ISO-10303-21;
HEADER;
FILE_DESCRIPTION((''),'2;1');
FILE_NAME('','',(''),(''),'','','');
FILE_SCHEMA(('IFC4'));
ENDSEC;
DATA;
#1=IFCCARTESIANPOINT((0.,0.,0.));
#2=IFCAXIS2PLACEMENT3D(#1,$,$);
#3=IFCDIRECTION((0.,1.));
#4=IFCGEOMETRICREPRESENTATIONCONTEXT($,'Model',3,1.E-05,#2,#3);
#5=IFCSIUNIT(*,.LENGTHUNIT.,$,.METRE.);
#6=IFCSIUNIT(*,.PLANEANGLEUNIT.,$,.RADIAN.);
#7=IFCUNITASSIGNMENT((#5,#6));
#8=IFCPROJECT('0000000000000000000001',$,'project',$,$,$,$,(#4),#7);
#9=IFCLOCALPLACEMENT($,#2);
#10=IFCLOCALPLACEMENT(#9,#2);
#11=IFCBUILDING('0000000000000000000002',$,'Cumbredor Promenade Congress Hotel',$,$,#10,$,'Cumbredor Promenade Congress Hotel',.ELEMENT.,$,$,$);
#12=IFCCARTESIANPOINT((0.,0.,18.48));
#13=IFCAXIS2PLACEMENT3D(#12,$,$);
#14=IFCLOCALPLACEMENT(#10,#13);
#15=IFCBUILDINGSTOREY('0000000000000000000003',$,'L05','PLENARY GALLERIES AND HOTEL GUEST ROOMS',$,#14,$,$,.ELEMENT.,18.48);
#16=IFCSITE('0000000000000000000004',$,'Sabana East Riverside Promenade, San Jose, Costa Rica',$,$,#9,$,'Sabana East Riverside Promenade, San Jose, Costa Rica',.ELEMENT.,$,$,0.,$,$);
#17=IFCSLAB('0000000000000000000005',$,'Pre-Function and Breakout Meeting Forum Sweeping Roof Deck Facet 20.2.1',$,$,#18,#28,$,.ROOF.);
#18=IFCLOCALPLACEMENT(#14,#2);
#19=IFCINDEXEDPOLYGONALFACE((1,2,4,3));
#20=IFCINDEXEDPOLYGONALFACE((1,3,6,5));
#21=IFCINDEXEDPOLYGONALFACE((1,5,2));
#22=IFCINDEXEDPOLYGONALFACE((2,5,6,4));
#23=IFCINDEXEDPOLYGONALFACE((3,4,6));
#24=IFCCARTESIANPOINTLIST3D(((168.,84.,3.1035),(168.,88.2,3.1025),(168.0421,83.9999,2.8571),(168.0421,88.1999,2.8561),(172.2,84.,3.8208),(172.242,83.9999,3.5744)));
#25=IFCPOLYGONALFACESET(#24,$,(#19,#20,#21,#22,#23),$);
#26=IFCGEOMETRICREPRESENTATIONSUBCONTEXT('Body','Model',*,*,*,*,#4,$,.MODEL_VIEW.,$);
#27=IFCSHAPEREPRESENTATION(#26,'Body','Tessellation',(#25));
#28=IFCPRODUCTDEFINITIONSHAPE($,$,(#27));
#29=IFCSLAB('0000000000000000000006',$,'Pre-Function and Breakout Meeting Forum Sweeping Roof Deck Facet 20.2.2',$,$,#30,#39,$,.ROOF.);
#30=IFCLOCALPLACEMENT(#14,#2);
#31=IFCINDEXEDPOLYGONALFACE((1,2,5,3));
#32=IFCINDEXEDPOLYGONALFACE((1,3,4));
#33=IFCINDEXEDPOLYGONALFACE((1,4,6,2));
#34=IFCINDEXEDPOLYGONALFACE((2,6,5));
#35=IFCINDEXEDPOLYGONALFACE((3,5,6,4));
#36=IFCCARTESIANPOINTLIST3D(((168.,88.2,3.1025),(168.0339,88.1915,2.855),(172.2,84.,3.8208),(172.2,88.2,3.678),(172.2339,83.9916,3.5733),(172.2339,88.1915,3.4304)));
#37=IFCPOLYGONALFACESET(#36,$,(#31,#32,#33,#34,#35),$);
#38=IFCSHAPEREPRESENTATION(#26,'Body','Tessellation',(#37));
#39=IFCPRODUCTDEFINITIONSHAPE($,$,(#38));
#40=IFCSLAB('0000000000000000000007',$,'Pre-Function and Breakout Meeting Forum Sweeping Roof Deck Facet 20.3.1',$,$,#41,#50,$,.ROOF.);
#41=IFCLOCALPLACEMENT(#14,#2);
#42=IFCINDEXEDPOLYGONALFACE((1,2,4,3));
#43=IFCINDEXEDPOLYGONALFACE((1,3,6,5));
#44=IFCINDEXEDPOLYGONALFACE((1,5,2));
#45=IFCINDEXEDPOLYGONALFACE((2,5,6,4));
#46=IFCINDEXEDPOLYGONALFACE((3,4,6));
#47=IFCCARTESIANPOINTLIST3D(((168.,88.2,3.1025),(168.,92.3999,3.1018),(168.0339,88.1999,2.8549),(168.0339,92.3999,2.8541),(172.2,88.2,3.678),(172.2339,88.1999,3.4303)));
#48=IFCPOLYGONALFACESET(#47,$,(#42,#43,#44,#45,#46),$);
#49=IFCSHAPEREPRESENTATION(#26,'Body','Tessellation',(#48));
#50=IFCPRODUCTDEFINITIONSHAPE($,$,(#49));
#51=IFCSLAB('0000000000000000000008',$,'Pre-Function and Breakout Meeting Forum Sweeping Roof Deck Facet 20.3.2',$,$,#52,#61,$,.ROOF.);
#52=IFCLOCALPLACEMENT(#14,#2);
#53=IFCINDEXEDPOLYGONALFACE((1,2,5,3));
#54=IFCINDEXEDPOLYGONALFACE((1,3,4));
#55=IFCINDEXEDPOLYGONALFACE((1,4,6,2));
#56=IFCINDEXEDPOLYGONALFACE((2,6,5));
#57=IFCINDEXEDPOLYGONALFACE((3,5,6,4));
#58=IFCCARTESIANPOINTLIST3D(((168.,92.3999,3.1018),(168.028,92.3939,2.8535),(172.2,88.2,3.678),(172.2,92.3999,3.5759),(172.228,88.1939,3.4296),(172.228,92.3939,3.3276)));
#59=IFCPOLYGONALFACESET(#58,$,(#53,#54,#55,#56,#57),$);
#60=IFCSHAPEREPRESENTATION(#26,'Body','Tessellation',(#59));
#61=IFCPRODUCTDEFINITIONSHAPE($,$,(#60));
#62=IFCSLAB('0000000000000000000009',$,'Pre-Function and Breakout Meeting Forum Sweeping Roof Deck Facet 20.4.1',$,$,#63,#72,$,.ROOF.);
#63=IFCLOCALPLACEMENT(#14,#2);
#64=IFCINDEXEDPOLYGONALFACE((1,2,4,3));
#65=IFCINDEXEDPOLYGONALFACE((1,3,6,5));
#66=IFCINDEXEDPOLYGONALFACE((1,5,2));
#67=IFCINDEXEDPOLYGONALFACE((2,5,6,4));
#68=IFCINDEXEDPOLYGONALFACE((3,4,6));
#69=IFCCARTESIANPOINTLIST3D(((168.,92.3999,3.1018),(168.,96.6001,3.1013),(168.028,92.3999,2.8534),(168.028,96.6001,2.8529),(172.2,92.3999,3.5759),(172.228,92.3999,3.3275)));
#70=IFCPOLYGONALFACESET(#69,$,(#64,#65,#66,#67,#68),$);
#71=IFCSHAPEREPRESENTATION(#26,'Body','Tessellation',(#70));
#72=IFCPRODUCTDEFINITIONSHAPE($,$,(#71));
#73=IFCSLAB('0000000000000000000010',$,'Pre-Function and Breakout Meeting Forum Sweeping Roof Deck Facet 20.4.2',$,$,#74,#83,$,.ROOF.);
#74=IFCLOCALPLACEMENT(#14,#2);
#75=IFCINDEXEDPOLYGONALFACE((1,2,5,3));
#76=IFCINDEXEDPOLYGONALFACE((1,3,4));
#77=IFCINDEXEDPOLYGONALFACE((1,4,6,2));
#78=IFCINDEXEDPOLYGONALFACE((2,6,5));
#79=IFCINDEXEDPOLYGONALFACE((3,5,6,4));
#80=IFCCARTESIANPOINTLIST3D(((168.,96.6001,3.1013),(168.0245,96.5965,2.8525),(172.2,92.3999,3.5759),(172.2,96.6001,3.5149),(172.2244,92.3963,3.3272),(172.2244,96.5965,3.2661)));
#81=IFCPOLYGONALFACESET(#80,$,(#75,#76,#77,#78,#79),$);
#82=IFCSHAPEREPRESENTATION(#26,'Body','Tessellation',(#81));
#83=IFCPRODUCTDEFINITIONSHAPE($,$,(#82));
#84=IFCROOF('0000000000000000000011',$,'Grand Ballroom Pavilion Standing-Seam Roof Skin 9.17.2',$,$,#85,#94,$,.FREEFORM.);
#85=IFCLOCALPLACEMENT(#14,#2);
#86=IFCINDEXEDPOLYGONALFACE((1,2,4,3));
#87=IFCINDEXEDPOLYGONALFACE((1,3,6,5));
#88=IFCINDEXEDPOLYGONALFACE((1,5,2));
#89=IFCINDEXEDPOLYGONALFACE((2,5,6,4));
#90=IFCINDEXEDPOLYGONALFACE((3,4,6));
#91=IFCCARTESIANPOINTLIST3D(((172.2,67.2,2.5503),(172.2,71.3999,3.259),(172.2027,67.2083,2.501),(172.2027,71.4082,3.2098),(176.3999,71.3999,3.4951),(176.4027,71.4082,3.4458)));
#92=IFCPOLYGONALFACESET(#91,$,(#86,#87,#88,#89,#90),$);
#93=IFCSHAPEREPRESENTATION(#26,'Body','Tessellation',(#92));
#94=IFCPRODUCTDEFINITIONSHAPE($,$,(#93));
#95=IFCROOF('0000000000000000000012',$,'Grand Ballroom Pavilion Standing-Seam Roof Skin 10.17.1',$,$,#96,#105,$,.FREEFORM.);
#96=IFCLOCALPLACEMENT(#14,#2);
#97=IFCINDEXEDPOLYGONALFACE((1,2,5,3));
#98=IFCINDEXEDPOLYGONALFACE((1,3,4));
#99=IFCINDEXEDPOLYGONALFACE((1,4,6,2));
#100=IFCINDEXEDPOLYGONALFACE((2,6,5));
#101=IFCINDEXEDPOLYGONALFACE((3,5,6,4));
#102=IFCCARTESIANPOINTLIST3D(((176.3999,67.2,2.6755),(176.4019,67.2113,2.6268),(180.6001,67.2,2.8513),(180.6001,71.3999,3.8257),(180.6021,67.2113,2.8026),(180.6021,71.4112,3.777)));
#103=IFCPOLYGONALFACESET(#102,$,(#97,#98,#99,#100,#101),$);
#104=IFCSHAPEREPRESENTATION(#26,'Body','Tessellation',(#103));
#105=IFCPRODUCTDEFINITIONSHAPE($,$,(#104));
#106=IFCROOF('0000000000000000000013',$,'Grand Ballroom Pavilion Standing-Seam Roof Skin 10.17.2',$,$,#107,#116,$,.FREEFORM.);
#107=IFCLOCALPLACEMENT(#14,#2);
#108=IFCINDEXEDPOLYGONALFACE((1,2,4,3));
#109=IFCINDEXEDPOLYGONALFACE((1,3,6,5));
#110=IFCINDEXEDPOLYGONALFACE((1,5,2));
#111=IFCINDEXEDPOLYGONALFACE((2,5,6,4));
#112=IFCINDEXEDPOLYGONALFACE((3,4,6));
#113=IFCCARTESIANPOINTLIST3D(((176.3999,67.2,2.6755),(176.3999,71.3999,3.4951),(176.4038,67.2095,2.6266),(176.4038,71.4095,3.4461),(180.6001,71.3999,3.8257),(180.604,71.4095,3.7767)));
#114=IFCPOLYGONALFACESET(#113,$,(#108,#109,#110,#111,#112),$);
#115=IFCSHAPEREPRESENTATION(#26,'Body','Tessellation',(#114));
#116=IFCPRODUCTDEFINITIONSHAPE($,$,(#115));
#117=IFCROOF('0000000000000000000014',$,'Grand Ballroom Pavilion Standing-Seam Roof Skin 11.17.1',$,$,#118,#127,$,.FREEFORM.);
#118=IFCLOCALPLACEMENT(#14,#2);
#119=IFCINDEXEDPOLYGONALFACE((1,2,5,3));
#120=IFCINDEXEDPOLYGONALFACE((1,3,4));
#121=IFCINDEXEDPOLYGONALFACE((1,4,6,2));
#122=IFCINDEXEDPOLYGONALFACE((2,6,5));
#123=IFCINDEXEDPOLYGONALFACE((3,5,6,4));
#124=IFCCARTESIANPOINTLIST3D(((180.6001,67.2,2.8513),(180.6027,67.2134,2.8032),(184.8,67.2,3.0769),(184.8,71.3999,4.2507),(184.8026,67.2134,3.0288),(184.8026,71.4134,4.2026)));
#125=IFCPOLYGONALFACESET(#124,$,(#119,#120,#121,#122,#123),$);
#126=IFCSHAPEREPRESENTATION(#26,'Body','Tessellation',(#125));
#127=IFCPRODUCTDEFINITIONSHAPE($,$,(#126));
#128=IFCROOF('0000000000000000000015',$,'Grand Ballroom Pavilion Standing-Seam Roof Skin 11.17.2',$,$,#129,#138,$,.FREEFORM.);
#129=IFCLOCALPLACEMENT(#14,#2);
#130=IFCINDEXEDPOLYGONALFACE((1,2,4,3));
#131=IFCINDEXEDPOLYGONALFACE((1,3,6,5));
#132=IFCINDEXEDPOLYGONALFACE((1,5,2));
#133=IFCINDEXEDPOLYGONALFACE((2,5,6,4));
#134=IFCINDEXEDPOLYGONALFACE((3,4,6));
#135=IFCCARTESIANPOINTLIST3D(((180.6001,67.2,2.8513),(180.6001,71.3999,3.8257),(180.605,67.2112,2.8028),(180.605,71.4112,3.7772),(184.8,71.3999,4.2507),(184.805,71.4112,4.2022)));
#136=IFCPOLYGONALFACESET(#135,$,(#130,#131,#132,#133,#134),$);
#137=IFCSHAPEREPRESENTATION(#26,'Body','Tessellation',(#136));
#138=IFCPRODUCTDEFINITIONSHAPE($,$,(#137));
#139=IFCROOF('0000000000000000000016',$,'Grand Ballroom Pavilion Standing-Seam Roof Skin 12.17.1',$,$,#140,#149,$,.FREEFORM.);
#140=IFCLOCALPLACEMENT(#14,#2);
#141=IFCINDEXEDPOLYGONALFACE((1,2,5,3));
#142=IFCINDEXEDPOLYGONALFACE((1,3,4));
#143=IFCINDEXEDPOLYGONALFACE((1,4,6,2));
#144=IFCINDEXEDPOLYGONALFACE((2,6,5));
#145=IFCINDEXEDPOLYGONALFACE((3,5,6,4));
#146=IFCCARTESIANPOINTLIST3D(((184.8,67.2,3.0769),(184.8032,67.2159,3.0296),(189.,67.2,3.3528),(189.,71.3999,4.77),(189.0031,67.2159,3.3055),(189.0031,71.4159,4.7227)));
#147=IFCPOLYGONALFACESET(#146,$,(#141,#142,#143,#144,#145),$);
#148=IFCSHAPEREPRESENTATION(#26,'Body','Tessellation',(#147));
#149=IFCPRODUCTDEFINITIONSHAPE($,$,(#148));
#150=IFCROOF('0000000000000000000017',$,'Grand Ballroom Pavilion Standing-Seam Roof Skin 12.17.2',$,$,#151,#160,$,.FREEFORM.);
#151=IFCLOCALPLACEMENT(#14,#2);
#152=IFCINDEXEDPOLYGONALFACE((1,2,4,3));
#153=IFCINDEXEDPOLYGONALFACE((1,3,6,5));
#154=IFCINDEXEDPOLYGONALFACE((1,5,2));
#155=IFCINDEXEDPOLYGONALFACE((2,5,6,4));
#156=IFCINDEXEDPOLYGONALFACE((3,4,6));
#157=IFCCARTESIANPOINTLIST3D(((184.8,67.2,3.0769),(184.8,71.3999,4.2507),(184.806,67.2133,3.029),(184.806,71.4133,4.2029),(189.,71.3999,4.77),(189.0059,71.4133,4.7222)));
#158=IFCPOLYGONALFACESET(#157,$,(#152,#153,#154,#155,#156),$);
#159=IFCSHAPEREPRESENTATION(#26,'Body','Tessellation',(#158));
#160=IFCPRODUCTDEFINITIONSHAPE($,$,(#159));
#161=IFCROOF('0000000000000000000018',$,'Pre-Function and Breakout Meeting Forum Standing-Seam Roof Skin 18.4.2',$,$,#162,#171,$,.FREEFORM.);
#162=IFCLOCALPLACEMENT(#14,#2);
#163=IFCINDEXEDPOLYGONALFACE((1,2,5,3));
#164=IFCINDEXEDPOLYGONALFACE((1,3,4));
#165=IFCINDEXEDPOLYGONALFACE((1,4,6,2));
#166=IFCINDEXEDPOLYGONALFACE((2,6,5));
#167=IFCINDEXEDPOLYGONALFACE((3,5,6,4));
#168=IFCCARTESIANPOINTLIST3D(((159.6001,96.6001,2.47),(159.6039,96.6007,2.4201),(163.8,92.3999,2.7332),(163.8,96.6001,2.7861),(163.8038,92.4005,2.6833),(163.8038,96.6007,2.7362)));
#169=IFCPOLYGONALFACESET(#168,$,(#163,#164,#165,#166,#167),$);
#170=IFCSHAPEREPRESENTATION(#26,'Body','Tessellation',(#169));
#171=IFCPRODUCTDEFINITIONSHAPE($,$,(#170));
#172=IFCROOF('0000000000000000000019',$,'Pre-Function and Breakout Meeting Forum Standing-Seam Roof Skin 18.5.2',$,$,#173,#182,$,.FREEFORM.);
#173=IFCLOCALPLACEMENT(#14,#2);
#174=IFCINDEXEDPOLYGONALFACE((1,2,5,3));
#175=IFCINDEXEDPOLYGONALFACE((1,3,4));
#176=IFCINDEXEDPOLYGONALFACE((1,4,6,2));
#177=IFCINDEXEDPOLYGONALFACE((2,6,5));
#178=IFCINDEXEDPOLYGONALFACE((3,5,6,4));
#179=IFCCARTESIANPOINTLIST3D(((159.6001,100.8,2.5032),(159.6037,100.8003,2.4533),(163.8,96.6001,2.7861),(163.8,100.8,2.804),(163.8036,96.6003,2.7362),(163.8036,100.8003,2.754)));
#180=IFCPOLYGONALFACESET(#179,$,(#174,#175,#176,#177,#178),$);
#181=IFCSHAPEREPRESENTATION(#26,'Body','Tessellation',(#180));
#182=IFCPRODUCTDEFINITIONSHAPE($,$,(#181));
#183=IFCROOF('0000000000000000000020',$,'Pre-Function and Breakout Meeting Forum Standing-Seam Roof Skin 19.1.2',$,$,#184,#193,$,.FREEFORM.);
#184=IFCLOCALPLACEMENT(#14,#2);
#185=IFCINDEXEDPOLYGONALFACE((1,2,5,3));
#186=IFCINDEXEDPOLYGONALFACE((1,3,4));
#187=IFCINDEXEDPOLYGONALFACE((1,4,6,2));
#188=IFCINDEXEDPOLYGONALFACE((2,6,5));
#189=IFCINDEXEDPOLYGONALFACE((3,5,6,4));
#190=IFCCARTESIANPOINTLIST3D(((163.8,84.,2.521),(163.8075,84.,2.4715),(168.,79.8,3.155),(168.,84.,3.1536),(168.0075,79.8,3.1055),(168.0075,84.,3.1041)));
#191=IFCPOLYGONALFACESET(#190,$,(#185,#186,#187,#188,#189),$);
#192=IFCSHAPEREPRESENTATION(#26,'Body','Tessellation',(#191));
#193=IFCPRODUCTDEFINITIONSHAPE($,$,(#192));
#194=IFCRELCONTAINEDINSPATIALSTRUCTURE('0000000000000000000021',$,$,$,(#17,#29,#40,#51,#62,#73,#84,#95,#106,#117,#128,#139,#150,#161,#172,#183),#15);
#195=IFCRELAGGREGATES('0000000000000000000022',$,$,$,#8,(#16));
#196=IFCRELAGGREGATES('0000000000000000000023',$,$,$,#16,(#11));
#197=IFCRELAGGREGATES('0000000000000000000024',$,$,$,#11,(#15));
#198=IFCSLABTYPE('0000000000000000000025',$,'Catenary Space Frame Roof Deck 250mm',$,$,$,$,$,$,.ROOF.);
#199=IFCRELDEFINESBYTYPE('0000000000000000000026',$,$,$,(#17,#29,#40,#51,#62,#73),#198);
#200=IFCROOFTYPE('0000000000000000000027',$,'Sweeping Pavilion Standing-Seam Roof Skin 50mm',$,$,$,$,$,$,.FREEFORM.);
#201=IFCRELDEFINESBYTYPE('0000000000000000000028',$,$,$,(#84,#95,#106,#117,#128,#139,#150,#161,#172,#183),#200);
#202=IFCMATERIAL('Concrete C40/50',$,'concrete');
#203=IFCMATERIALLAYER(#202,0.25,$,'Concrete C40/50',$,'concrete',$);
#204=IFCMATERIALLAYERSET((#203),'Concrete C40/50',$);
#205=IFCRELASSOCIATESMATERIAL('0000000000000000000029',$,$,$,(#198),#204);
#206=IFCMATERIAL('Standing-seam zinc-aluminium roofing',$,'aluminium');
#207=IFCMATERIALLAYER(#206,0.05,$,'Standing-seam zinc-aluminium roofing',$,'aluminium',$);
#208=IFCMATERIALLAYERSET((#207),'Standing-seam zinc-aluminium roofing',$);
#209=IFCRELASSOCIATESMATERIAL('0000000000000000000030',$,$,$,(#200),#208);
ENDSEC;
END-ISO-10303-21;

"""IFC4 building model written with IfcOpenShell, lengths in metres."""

from ifc_helpers import new_model, si_unit, direction, frame, origin, place, context, subcontext, project, spatial, polyline, outline, extrude, material, layer, layer_set, type_object, element, save


model = new_model("IFC4")

# Units and contexts
model_context = context("Model", 3, precision=1e-05, world=origin(), true_north=direction((0.0, 1.0)))
body_context = subcontext(model_context, "Body", "Model", "MODEL_VIEW")
ifc_project = project(units=[si_unit("LENGTHUNIT", "METRE"), si_unit("PLANEANGLEUNIT", "RADIAN")], contexts=[model_context])

# Site, building, storey
site_placement = place(None, origin())
site = spatial("IfcSite", under=ifc_project, at=site_placement, Name="Sabana East Riverside Promenade, San Jose, Costa Rica", LongName="Sabana East Riverside Promenade, San Jose, Costa Rica", CompositionType="ELEMENT", RefElevation=0.0)
building_placement = place(site_placement, origin())
building = spatial("IfcBuilding", under=site, at=building_placement, Name="Cumbredor Promenade Congress Hotel", LongName="Cumbredor Promenade Congress Hotel", CompositionType="ELEMENT")
storey_placement = place(building_placement, frame((0.0, 0.0, 18.48)))
storey = spatial("IfcBuildingStorey", under=building, at=storey_placement, Name="L05", Description="PLENARY GALLERIES AND HOTEL GUEST ROOMS", CompositionType="ELEMENT", Elevation=18.48)

# Slabs
ifc_material_1 = material(Name="Concrete C40/50", Category="concrete")
ifc_layer_1 = layer(ifc_material_1, 0.25, Name="Concrete C40/50", Category="concrete")
ifc_layer_set_1 = layer_set([ifc_layer_1], Name="Concrete C40/50")
slab_type = type_object("IfcSlabType", Name="Catenary Space Frame Roof Deck 250mm", PredefinedType="ROOF", material=ifc_layer_set_1)
slab_1_placement = place(storey_placement, frame((168.0, 84.0, 3.1035), z_axis=(-0.168347, 0.000229, 0.985728), x_axis=(0.985728, 0.0, 0.168347)))
element("IfcSlab", 1, at=slab_1_placement, inside=storey, type_object=slab_type, Name="Pre-Function and Breakout Meeting Forum Sweeping Roof Deck Facet 20.2.1", PredefinedType="ROOF", context=body_context, shape_type="SweptSolid", body=[
    extrude(outline(polyline([(0.0, 0.0), (4.2608, 0.0), (-0.0002, 4.2), (0.0, 0.0)])), origin(), (0.0, 0.0, -1.0), 0.25),
])
slab_2_placement = place(storey_placement, frame((172.2, 84.0, 3.8208), z_axis=(-0.135666, 0.033672, 0.990182), x_axis=(0.0, 0.999422, -0.033986)))
element("IfcSlab", 2, at=slab_2_placement, inside=storey, type_object=slab_type, Name="Pre-Function and Breakout Meeting Forum Sweeping Roof Deck Facet 20.2.2", PredefinedType="ROOF", context=body_context, shape_type="SweptSolid", body=[
    extrude(outline(polyline([(0.0, 0.0), (4.2024, 0.0), (4.2219, 4.2391), (0.0, 0.0)])), origin(), (0.0, 0.0, -1.0), 0.25),
])
slab_3_placement = place(storey_placement, frame((168.0, 88.2, 3.1025), z_axis=(-0.135743, 0.000173, 0.990744), x_axis=(0.990744, 0.0, 0.135743)))
element("IfcSlab", 3, at=slab_3_placement, inside=storey, type_object=slab_type, Name="Pre-Function and Breakout Meeting Forum Sweeping Roof Deck Facet 20.3.1", PredefinedType="ROOF", context=body_context, shape_type="SweptSolid", body=[
    extrude(outline(polyline([(0.0, 0.0), (4.2392, 0.0), (-0.0001, 4.2), (0.0, 0.0)])), origin(), (0.0, 0.0, -1.0), 0.25),
])
slab_4_placement = place(storey_placement, frame((172.2, 88.2, 3.678), z_axis=(-0.112142, 0.024138, 0.993399), x_axis=(0.0, 0.999705, -0.024291)))
element("IfcSlab", 4, at=slab_4_placement, inside=storey, type_object=slab_type, Name="Pre-Function and Breakout Meeting Forum Sweeping Roof Deck Facet 20.3.2", PredefinedType="ROOF", context=body_context, shape_type="SweptSolid", body=[
    extrude(outline(polyline([(0.0, 0.0), (4.2012, 0.0), (4.2127, 4.2266), (0.0, 0.0)])), origin(), (0.0, 0.0, -1.0), 0.25),
])
slab_5_placement = place(storey_placement, frame((168.0, 92.3999, 3.1018), z_axis=(-0.112175, 0.000116, 0.993688), x_axis=(0.993688, 0.0, 0.112175)))
element("IfcSlab", 5, at=slab_5_placement, inside=storey, type_object=slab_type, Name="Pre-Function and Breakout Meeting Forum Sweeping Roof Deck Facet 20.4.1", PredefinedType="ROOF", context=body_context, shape_type="SweptSolid", body=[
    extrude(outline(polyline([(0.0, 0.0), (4.2266, 0.0), (-0.0001, 4.2002), (0.0, 0.0)])), origin(), (0.0, 0.0, -1.0), 0.25),
])
slab_6_placement = place(storey_placement, frame((172.2, 92.3999, 3.5759), z_axis=(-0.097987, 0.01446, 0.995083), x_axis=(0.0, 0.999894, -0.01453)))
element("IfcSlab", 6, at=slab_6_placement, inside=storey, type_object=slab_type, Name="Pre-Function and Breakout Meeting Forum Sweeping Roof Deck Facet 20.4.2", PredefinedType="ROOF", context=body_context, shape_type="SweptSolid", body=[
    extrude(outline(polyline([(0.0, 0.0), (4.2006, 0.0), (4.2066, 4.2203), (0.0, 0.0)])), origin(), (0.0, 0.0, -1.0), 0.25),
])

# Roofs
ifc_material_2 = material(Name="Standing-seam zinc-aluminium roofing", Category="aluminium")
ifc_layer_2 = layer(ifc_material_2, 0.05, Name="Standing-seam zinc-aluminium roofing", Category="aluminium")
ifc_layer_set_2 = layer_set([ifc_layer_2], Name="Standing-seam zinc-aluminium roofing")
roof_type = type_object("IfcRoofType", Name="Sweeping Pavilion Standing-Seam Roof Skin 50mm", PredefinedType="FREEFORM", material=ifc_layer_set_2)
roof_1_placement = place(storey_placement, frame((172.2, 67.2, 2.5503), z_axis=(-0.055343, -0.166142, 0.984548), x_axis=(0.698327, 0.698327, 0.157096)))
element("IfcRoof", 7, at=roof_1_placement, inside=storey, type_object=roof_type, Name="Grand Ballroom Pavilion Standing-Seam Roof Skin 9.17.2", PredefinedType="FREEFORM", context=body_context, shape_type="SweptSolid", body=[
    extrude(outline(polyline([(0.0, 0.0), (6.0143, 0.0), (3.0443, 2.979), (0.0, 0.0)])), origin(), (0.0, 0.0, -1.0), 0.05),
])
roof_2_placement = place(storey_placement, frame((176.3999, 67.2, 2.6755), z_axis=(-0.040734, -0.225805, 0.973321), x_axis=(0.999125, 0.0, 0.041814)))
element("IfcRoof", 8, at=roof_2_placement, inside=storey, type_object=roof_type, Name="Grand Ballroom Pavilion Standing-Seam Roof Skin 10.17.1", PredefinedType="FREEFORM", context=body_context, shape_type="SweptSolid", body=[
    extrude(outline(polyline([(0.0, 0.0), (4.2039, 0.0), (4.2446, 4.3113), (0.0, 0.0)])), origin(), (0.0, 0.0, -1.0), 0.05),
])
roof_3_placement = place(storey_placement, frame((176.3999, 67.2, 2.6755), z_axis=(-0.077016, -0.190959, 0.978572), x_axis=(0.694232, 0.694192, 0.190103)))
element("IfcRoof", 9, at=roof_3_placement, inside=storey, type_object=roof_type, Name="Grand Ballroom Pavilion Standing-Seam Roof Skin 10.17.2", PredefinedType="FREEFORM", context=body_context, shape_type="SweptSolid", body=[
    extrude(outline(polyline([(0.0, 0.0), (6.0501, 0.0), (3.0714, 2.9796), (0.0, 0.0)])), origin(), (0.0, 0.0, -1.0), 0.05),
])
roof_4_placement = place(storey_placement, frame((180.6001, 67.2, 2.8513), z_axis=(-0.05166, -0.268812, 0.961806), x_axis=(0.998561, 0.0, 0.053634)))
element("IfcRoof", 10, at=roof_4_placement, inside=storey, type_object=roof_type, Name="Grand Ballroom Pavilion Standing-Seam Roof Skin 11.17.1", PredefinedType="FREEFORM", context=body_context, shape_type="SweptSolid", body=[
    extrude(outline(polyline([(0.0, 0.0), (4.206, 0.0), (4.269, 4.3604), (0.0, 0.0)])), origin(), (0.0, 0.0, -1.0), 0.05),
])
roof_5_placement = place(storey_placement, frame((180.6001, 67.2, 2.8513), z_axis=(-0.098109, -0.224902, 0.969429), x_axis=(0.688262, 0.688262, 0.229327)))
element("IfcRoof", 11, at=roof_5_placement, inside=storey, type_object=roof_type, Name="Grand Ballroom Pavilion Standing-Seam Roof Skin 11.17.2", PredefinedType="FREEFORM", context=body_context, shape_type="SweptSolid", body=[
    extrude(outline(polyline([(0.0, 0.0), (6.1023, 0.0), (3.1141, 2.9818), (0.0, 0.0)])), origin(), (0.0, 0.0, -1.0), 0.05),
])
roof_6_placement = place(storey_placement, frame((184.8, 67.2, 3.0769), z_axis=(-0.062118, -0.319111, 0.945679), x_axis=(0.99785, 0.0, 0.065545)))
element("IfcRoof", 12, at=roof_6_placement, inside=storey, type_object=roof_type, Name="Grand Ballroom Pavilion Standing-Seam Roof Skin 12.17.1", PredefinedType="FREEFORM", context=body_context, shape_type="SweptSolid", body=[
    extrude(outline(polyline([(0.0, 0.0), (4.209, 0.0), (4.3019, 4.4316), (0.0, 0.0)])), origin(), (0.0, 0.0, -1.0), 0.05),
])
roof_7_placement = place(storey_placement, frame((184.8, 67.2, 3.0769), z_axis=(-0.118243, -0.267283, 0.956336), x_axis=(0.680019, 0.680019, 0.274134)))
element("IfcRoof", 13, at=roof_7_placement, inside=storey, type_object=roof_type, Name="Grand Ballroom Pavilion Standing-Seam Roof Skin 12.17.2", PredefinedType="FREEFORM", context=body_context, shape_type="SweptSolid", body=[
    extrude(outline(polyline([(0.0, 0.0), (6.1762, 0.0), (3.1778, 2.9864), (0.0, 0.0)])), origin(), (0.0, 0.0, -1.0), 0.05),
])
roof_8_placement = place(storey_placement, frame((163.8, 92.3999, 2.7332), z_axis=(-0.075059, -0.012577, 0.9971), x_axis=(0.0, 0.99992, 0.012612)))
element("IfcRoof", 14, at=roof_8_placement, inside=storey, type_object=roof_type, Name="Pre-Function and Breakout Meeting Forum Standing-Seam Roof Skin 18.4.2", PredefinedType="FREEFORM", context=body_context, shape_type="SweptSolid", body=[
    extrude(outline(polyline([(0.0, 0.0), (4.2005, 0.0), (4.1965, 4.2118), (0.0, 0.0)])), origin(), (0.0, 0.0, -1.0), 0.05),
])
roof_9_placement = place(storey_placement, frame((163.8, 96.6001, 2.7861), z_axis=(-0.071432, -0.004233, 0.997437), x_axis=(0.0, 0.999991, 0.004243)))
element("IfcRoof", 15, at=roof_9_placement, inside=storey, type_object=roof_type, Name="Pre-Function and Breakout Meeting Forum Standing-Seam Roof Skin 18.5.2", PredefinedType="FREEFORM", context=body_context, shape_type="SweptSolid", body=[
    extrude(outline(polyline([(0.0, 0.0), (4.2, 0.0), (4.1987, 4.2107), (0.0, 0.0)])), origin(), (0.0, 0.0, -1.0), 0.05),
])
roof_10_placement = place(storey_placement, frame((168.0, 79.8, 3.155), z_axis=(-0.148933, 0.000345, 0.988847), x_axis=(0.0, 1.0, -0.000349)))
element("IfcRoof", 16, at=roof_10_placement, inside=storey, type_object=roof_type, Name="Pre-Function and Breakout Meeting Forum Standing-Seam Roof Skin 19.1.2", PredefinedType="FREEFORM", context=body_context, shape_type="SweptSolid", body=[
    extrude(outline(polyline([(0.0, 0.0), (4.2, 0.0), (4.2002, 4.2473), (0.0, 0.0)])), origin(), (0.0, 0.0, -1.0), 0.05),
])

save(model, "model.ifc")
